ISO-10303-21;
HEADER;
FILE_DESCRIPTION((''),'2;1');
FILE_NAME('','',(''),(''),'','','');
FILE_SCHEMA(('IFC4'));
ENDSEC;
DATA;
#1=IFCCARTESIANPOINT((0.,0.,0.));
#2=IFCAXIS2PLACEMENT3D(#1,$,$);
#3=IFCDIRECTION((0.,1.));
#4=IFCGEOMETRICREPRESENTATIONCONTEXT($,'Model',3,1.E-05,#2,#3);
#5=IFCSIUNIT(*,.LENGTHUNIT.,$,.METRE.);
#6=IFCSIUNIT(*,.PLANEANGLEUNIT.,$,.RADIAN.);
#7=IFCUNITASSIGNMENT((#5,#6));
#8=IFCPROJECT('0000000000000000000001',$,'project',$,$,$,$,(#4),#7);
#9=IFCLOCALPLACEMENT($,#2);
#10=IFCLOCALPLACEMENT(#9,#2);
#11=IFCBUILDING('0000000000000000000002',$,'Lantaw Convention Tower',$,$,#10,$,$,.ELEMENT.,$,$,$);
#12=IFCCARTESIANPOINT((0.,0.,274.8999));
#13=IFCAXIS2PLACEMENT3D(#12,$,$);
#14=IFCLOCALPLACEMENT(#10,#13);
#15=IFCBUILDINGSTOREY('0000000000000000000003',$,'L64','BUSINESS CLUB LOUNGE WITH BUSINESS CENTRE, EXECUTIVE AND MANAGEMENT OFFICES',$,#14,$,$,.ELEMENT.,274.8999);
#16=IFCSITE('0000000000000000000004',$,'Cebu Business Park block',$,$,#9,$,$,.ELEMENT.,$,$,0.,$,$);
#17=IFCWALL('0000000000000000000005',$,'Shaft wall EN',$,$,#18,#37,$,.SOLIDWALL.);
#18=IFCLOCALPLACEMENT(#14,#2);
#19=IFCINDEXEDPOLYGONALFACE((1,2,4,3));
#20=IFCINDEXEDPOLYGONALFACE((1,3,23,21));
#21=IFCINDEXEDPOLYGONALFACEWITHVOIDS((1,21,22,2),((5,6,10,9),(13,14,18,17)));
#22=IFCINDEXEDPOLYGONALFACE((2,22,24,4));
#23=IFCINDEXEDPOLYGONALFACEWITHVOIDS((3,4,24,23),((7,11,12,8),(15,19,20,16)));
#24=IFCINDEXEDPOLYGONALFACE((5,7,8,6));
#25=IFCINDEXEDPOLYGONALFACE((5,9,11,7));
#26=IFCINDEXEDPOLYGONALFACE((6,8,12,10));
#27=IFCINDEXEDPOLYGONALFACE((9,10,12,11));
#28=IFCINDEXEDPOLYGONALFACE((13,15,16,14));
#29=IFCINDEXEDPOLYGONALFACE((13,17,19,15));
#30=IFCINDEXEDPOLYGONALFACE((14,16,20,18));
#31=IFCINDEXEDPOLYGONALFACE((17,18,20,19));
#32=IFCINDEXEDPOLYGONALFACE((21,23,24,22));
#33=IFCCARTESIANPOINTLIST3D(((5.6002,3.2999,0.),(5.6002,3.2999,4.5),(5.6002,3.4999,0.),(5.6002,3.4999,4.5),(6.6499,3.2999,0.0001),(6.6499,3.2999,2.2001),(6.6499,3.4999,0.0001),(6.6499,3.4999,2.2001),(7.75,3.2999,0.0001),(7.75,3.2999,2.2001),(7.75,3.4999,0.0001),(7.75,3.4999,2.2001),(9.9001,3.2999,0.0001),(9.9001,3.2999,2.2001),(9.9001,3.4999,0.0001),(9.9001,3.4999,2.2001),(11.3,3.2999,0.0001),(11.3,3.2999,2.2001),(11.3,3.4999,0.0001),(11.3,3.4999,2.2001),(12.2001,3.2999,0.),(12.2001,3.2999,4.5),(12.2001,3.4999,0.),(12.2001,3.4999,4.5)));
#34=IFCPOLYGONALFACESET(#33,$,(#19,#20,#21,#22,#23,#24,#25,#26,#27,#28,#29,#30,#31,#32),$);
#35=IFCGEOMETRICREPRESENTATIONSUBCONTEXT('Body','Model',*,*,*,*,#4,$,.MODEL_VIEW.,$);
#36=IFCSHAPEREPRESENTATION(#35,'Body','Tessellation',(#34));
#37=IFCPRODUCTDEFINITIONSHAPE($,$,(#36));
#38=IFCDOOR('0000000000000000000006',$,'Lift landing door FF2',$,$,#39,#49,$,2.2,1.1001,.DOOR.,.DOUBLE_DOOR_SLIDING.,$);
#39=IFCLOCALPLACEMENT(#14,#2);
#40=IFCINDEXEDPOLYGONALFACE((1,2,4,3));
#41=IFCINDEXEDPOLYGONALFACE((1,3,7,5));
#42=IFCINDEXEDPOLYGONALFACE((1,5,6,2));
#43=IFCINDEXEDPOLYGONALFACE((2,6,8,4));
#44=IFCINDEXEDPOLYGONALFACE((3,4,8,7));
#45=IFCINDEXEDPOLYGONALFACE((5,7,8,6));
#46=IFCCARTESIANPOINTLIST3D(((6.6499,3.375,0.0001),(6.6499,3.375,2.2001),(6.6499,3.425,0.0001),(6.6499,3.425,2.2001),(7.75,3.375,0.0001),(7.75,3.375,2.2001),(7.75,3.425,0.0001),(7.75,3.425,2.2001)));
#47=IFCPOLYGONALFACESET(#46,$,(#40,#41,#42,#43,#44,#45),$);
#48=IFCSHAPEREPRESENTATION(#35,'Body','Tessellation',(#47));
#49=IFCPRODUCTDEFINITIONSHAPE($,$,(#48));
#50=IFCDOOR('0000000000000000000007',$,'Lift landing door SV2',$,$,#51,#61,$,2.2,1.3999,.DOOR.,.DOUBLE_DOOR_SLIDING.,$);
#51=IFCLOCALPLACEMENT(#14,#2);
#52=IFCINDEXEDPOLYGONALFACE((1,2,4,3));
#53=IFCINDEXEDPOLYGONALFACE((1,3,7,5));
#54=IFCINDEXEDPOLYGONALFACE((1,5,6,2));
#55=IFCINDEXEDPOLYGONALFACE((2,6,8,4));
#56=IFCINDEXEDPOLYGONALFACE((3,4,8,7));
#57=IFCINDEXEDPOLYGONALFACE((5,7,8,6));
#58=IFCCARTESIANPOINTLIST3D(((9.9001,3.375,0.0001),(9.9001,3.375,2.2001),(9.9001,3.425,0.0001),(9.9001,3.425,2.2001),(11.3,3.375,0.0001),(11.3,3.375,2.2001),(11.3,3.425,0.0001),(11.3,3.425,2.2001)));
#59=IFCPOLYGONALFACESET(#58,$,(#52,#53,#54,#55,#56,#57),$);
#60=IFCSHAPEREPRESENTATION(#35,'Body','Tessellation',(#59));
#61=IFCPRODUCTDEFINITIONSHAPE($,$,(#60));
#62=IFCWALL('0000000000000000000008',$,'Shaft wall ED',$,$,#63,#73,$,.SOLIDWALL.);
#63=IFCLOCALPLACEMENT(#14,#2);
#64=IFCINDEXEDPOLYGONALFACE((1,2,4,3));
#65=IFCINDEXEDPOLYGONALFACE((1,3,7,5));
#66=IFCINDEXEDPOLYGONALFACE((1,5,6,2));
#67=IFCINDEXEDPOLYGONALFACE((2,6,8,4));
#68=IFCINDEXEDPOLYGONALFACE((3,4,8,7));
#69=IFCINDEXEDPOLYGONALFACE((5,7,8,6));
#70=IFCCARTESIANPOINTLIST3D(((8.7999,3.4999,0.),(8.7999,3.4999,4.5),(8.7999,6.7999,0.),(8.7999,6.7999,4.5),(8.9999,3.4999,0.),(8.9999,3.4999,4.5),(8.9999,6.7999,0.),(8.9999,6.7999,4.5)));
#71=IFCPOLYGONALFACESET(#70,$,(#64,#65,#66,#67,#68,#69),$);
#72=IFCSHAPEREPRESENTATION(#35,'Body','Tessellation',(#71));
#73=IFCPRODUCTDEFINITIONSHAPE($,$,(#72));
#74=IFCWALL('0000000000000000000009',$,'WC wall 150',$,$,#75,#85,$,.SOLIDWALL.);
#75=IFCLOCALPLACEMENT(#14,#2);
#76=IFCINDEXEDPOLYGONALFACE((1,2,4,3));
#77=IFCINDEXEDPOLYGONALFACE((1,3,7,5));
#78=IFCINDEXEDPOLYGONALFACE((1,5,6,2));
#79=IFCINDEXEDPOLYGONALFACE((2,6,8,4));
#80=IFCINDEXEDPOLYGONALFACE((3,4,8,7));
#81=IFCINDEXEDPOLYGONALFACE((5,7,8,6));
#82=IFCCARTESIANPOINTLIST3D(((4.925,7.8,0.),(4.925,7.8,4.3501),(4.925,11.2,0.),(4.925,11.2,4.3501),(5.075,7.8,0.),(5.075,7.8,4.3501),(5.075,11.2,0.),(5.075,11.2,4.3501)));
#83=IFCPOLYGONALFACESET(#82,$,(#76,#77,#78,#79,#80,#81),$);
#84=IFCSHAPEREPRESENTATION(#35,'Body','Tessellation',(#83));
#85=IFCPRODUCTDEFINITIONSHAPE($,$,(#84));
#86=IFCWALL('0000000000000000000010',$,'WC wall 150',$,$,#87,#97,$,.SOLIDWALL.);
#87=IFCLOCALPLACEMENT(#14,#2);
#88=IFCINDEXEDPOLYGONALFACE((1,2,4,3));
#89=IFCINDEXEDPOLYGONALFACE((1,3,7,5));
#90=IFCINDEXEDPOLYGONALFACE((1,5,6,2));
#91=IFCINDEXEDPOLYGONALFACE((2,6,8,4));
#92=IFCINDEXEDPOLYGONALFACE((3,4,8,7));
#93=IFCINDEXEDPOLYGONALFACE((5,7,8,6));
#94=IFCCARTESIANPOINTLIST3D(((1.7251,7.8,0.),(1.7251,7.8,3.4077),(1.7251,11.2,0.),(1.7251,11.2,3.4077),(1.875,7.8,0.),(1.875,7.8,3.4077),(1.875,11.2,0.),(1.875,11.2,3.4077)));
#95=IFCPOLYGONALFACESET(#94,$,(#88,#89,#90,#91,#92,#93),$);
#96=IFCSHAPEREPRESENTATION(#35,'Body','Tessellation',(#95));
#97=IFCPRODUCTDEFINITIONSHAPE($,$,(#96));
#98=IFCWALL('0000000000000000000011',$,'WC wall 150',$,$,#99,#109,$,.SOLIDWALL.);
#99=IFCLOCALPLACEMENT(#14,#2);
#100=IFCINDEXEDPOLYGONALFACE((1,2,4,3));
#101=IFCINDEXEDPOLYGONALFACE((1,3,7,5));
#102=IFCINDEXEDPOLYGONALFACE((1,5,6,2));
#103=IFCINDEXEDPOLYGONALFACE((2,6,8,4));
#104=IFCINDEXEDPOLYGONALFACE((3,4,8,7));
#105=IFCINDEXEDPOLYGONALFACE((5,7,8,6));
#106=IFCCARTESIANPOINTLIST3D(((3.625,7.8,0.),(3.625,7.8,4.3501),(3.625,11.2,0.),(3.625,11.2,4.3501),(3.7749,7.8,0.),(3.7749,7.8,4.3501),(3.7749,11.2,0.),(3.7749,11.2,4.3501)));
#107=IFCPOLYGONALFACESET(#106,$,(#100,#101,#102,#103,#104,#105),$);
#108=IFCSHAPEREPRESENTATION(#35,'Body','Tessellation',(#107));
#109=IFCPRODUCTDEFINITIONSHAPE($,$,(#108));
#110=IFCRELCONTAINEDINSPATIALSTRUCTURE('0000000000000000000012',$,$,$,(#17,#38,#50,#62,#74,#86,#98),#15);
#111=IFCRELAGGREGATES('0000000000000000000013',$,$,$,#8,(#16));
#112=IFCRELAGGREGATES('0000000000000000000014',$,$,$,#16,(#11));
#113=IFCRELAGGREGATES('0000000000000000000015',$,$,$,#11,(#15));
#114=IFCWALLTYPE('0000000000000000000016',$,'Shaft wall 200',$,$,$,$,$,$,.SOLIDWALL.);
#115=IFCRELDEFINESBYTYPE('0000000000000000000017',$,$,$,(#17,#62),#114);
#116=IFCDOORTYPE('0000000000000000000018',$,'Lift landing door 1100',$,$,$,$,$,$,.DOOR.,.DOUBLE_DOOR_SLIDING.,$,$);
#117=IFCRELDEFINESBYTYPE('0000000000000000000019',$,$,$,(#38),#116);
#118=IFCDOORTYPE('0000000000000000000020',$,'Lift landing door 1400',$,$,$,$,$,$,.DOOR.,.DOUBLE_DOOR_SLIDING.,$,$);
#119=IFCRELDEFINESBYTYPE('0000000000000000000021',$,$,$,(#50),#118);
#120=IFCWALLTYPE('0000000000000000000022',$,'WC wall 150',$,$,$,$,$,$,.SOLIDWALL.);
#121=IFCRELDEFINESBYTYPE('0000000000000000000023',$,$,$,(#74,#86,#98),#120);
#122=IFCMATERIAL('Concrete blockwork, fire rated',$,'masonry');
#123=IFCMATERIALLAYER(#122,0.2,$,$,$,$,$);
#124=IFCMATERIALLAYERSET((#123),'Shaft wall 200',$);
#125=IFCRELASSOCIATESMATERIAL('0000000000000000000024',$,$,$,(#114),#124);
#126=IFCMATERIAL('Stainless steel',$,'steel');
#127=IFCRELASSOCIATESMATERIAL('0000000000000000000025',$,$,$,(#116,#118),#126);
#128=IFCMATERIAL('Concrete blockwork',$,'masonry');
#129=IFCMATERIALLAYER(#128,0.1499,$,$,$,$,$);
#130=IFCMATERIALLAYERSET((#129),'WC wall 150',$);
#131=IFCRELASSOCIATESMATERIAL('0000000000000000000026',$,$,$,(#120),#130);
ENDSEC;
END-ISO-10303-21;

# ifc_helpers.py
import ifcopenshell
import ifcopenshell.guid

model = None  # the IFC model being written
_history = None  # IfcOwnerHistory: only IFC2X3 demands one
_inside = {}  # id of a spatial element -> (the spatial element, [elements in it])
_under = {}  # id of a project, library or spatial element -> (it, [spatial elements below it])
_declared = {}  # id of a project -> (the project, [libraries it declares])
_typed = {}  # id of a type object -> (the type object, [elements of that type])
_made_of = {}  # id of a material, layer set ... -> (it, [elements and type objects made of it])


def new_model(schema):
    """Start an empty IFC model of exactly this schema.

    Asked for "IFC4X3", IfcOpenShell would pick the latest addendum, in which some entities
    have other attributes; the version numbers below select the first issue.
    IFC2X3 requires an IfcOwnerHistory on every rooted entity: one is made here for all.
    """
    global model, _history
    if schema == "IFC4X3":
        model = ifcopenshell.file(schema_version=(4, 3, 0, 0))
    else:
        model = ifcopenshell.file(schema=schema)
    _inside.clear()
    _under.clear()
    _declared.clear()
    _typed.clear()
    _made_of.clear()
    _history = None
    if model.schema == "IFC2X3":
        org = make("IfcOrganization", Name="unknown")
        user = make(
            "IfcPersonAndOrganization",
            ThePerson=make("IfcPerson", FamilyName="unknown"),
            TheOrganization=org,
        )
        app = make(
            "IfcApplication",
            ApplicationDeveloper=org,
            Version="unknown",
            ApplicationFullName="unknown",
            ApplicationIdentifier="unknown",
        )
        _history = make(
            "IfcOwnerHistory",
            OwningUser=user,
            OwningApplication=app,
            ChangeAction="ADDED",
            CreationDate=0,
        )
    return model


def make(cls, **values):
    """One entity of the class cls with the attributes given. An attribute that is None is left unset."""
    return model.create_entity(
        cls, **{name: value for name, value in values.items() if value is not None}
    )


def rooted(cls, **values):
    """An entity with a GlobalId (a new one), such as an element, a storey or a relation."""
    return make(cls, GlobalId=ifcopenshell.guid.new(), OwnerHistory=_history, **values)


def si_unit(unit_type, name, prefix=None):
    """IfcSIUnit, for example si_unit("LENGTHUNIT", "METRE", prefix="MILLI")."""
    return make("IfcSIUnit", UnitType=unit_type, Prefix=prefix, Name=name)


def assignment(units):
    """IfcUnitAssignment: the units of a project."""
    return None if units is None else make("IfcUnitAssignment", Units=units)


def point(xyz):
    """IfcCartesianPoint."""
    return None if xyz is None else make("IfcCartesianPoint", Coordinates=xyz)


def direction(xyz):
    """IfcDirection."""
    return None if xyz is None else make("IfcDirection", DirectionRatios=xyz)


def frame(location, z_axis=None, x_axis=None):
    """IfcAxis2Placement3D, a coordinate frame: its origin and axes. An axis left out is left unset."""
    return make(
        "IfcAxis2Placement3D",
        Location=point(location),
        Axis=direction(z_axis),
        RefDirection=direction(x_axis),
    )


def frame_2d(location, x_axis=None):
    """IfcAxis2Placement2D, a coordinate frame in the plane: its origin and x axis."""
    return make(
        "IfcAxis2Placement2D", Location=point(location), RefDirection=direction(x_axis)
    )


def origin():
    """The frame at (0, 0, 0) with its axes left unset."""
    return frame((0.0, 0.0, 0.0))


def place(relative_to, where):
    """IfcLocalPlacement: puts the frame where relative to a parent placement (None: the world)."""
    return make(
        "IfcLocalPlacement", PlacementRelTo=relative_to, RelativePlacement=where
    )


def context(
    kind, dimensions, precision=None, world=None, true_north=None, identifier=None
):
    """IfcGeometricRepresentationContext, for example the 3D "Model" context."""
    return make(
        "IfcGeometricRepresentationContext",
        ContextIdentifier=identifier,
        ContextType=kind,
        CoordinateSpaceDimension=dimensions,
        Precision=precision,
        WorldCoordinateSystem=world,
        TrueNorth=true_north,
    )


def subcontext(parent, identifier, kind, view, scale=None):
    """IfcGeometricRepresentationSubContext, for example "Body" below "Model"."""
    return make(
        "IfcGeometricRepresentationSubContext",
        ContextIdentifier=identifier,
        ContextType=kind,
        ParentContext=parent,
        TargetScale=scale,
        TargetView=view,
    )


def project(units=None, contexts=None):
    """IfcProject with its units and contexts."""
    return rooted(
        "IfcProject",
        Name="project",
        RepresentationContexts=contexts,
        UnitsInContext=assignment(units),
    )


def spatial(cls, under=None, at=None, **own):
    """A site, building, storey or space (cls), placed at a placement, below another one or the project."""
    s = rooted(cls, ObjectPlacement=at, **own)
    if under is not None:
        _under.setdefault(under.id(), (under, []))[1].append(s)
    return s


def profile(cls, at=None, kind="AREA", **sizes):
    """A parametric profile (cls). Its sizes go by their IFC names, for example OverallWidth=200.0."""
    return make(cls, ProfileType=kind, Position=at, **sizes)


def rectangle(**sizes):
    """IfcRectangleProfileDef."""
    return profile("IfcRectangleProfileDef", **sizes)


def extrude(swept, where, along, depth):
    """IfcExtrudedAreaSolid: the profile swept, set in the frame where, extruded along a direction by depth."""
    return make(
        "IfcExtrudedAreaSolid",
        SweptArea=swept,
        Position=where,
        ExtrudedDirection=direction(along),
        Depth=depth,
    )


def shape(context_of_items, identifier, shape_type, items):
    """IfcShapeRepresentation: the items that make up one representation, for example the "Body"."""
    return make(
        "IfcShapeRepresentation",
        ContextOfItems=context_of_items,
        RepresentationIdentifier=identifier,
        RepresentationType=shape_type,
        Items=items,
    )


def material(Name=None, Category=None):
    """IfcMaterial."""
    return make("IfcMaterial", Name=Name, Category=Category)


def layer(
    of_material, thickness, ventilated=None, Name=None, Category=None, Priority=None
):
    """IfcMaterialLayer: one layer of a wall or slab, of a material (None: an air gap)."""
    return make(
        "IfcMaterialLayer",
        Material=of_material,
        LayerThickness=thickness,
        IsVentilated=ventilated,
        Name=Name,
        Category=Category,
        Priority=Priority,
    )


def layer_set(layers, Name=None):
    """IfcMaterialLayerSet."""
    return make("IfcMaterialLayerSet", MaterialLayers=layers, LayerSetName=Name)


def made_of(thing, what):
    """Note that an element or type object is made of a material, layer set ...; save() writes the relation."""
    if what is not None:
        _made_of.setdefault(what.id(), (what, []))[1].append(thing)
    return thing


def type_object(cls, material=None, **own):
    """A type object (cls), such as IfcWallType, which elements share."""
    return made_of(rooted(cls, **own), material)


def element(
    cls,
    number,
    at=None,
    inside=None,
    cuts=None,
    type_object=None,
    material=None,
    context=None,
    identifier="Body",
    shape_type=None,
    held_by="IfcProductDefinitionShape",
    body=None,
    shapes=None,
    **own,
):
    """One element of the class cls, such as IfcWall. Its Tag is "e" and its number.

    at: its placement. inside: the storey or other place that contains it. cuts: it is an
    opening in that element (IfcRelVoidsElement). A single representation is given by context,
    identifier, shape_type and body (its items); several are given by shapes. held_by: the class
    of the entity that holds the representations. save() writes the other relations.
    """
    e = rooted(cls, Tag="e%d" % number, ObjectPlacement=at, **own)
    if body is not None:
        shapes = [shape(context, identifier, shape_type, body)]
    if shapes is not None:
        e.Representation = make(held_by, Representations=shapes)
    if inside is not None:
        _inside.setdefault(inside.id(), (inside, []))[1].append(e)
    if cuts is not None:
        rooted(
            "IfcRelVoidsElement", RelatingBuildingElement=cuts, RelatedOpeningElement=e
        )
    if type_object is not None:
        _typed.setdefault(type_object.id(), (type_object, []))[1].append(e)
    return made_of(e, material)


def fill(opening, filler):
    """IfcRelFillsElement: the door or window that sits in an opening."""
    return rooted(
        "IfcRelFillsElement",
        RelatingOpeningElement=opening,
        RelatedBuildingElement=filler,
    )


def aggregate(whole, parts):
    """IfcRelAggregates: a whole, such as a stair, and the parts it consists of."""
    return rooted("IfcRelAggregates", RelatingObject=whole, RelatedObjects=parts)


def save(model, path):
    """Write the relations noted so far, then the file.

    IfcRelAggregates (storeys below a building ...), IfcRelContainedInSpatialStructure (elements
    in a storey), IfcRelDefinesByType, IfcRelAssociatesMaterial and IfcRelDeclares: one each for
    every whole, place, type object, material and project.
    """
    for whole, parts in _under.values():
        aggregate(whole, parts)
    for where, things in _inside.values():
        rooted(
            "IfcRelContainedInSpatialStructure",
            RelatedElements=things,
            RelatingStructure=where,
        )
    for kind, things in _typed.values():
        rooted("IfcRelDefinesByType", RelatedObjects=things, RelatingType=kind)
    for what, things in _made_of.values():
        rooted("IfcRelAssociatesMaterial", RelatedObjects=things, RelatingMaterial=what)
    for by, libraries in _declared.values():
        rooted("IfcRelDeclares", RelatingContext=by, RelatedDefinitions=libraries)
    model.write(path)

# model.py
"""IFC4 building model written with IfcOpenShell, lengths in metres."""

from ifc_helpers import new_model, si_unit, direction, frame, frame_2d, origin, place, context, subcontext, project, spatial, rectangle, extrude, material, layer, layer_set, type_object, element, fill, save


model = new_model("IFC4")

# Units and contexts
model_context = context("Model", 3, precision=1e-05, world=origin(), true_north=direction((0.0, 1.0)))
body_context = subcontext(model_context, "Body", "Model", "MODEL_VIEW")
ifc_project = project(units=[si_unit("LENGTHUNIT", "METRE"), si_unit("PLANEANGLEUNIT", "RADIAN")], contexts=[model_context])

# Site, building, storey
site_placement = place(None, origin())
site = spatial("IfcSite", under=ifc_project, at=site_placement, Name="Cebu Business Park block", CompositionType="ELEMENT", RefElevation=0.0)
building_placement = place(site_placement, origin())
building = spatial("IfcBuilding", under=site, at=building_placement, Name="Lantaw Convention Tower", CompositionType="ELEMENT")
storey_placement = place(building_placement, frame((0.0, 0.0, 274.8999)))
storey = spatial("IfcBuildingStorey", under=building, at=storey_placement, Name="L64", Description="BUSINESS CLUB LOUNGE WITH BUSINESS CENTRE, EXECUTIVE AND MANAGEMENT OFFICES", CompositionType="ELEMENT", Elevation=274.8999)

# Wall, openings, doors
ifc_material_1 = material(Name="Concrete blockwork, fire rated", Category="masonry")
ifc_layer_1 = layer(ifc_material_1, 0.2)
ifc_layer_set_1 = layer_set([ifc_layer_1], Name="Shaft wall 200")
wall_type_1 = type_object("IfcWallType", Name="Shaft wall 200", PredefinedType="SOLIDWALL", material=ifc_layer_set_1)
wall_1_placement = place(storey_placement, frame((12.2, 3.3999, 0.0), z_axis=(0.0, 0.0, 1.0), x_axis=(-1.0, 0.0, 0.0)))
wall_1 = element("IfcWall", 1, at=wall_1_placement, inside=storey, type_object=wall_type_1, Name="Shaft wall EN", PredefinedType="SOLIDWALL", context=body_context, shape_type="SweptSolid", body=[
    extrude(rectangle(XDim=6.5999, YDim=0.2, at=frame_2d((3.2998, 0.0))), origin(), (0.0, 0.0, 1.0), 4.5),
])
opening_1_placement = place(wall_1_placement, frame((4.45, 0.0, 0.0)))
opening_1 = element("IfcOpeningElement", 2, at=opening_1_placement, cuts=wall_1, PredefinedType="OPENING", context=body_context, shape_type="SweptSolid", body=[
    extrude(rectangle(XDim=1.1001, YDim=2.2, at=frame_2d((0.55, 1.1001))), frame((0.0, 0.1099, 0.0), z_axis=(0.0, -1.0, 0.0), x_axis=(1.0, 0.0, 0.0)), (0.0, 0.0, 1.0), 0.22),
])
opening_2_placement = place(wall_1_placement, frame((0.8999, 0.0, 0.0)))
opening_2 = element("IfcOpeningElement", 3, at=opening_2_placement, cuts=wall_1, PredefinedType="OPENING", context=body_context, shape_type="SweptSolid", body=[
    extrude(rectangle(XDim=1.3999, YDim=2.2, at=frame_2d((0.7, 1.1001))), frame((0.0, 0.1099, 0.0), z_axis=(0.0, -1.0, 0.0), x_axis=(1.0, 0.0, 0.0)), (0.0, 0.0, 1.0), 0.22),
])
ifc_material_2 = material(Name="Stainless steel", Category="steel")
door_type_1 = type_object("IfcDoorType", Name="Lift landing door 1100", OperationType="DOUBLE_DOOR_SLIDING", PredefinedType="DOOR", material=ifc_material_2)
door_1_placement = place(opening_1_placement, origin())
door_1 = element("IfcDoor", 4, at=door_1_placement, inside=storey, type_object=door_type_1, Name="Lift landing door FF2", OperationType="DOUBLE_DOOR_SLIDING", OverallHeight=2.2, OverallWidth=1.1001, PredefinedType="DOOR", context=body_context, shape_type="SweptSolid", body=[
    extrude(rectangle(XDim=1.1001, YDim=2.2, at=frame_2d((0.55, 1.1001))), frame((0.0, 0.0249, 0.0), z_axis=(0.0, -1.0, 0.0), x_axis=(1.0, 0.0, 0.0)), (0.0, 0.0, 1.0), 0.05),
])
fill(opening_1, door_1)
door_type_2 = type_object("IfcDoorType", Name="Lift landing door 1400", OperationType="DOUBLE_DOOR_SLIDING", PredefinedType="DOOR", material=ifc_material_2)
door_2_placement = place(opening_2_placement, origin())
door_2 = element("IfcDoor", 5, at=door_2_placement, inside=storey, type_object=door_type_2, Name="Lift landing door SV2", OperationType="DOUBLE_DOOR_SLIDING", OverallHeight=2.2, OverallWidth=1.3999, PredefinedType="DOOR", context=body_context, shape_type="SweptSolid", body=[
    extrude(rectangle(XDim=1.3999, YDim=2.2, at=frame_2d((0.7, 1.1001))), frame((0.0, 0.0249, 0.0), z_axis=(0.0, -1.0, 0.0), x_axis=(1.0, 0.0, 0.0)), (0.0, 0.0, 1.0), 0.05),
])
fill(opening_2, door_2)

# Walls
wall_2_placement = place(storey_placement, frame((8.8999, 3.5, 0.0), z_axis=(0.0, 0.0, 1.0), x_axis=(0.0, 1.0, 0.0)))
element("IfcWall", 6, at=wall_2_placement, inside=storey, type_object=wall_type_1, Name="Shaft wall ED", PredefinedType="SOLIDWALL", context=body_context, shape_type="SweptSolid", body=[
    extrude(rectangle(XDim=3.3, YDim=0.2, at=frame_2d((1.6499, 0.0))), origin(), (0.0, 0.0, 1.0), 4.5),
])
ifc_material_3 = material(Name="Concrete blockwork", Category="masonry")
ifc_layer_2 = layer(ifc_material_3, 0.1499)
ifc_layer_set_2 = layer_set([ifc_layer_2], Name="WC wall 150")
wall_type_2 = type_object("IfcWallType", Name="WC wall 150", PredefinedType="SOLIDWALL", material=ifc_layer_set_2)
wall_3_placement = place(storey_placement, frame((5.0, 7.8, 0.0), z_axis=(0.0, 0.0, 1.0), x_axis=(0.0, 1.0, 0.0)))
element("IfcWall", 7, at=wall_3_placement, inside=storey, type_object=wall_type_2, Name="WC wall 150", PredefinedType="SOLIDWALL", context=body_context, shape_type="SweptSolid", body=[
    extrude(rectangle(XDim=3.3999, YDim=0.1499, at=frame_2d((1.7, 0.0))), origin(), (0.0, 0.0, 1.0), 4.3501),
])
wall_4_placement = place(storey_placement, frame((1.8, 7.8, 0.0), z_axis=(0.0, 0.0, 1.0), x_axis=(0.0, 1.0, 0.0)))
element("IfcWall", 8, at=wall_4_placement, inside=storey, type_object=wall_type_2, Name="WC wall 150", PredefinedType="SOLIDWALL", context=body_context, shape_type="SweptSolid", body=[
    extrude(rectangle(XDim=3.3999, YDim=0.1499, at=frame_2d((1.7, 0.0))), origin(), (0.0, 0.0, 1.0), 3.4077),
])
wall_5_placement = place(storey_placement, frame((3.7, 7.8, 0.0), z_axis=(0.0, 0.0, 1.0), x_axis=(0.0, 1.0, 0.0)))
element("IfcWall", 9, at=wall_5_placement, inside=storey, type_object=wall_type_2, Name="WC wall 150", PredefinedType="SOLIDWALL", context=body_context, shape_type="SweptSolid", body=[
    extrude(rectangle(XDim=3.3999, YDim=0.1499, at=frame_2d((1.7, 0.0))), origin(), (0.0, 0.0, 1.0), 4.3501),
])

save(model, "model.ifc")
